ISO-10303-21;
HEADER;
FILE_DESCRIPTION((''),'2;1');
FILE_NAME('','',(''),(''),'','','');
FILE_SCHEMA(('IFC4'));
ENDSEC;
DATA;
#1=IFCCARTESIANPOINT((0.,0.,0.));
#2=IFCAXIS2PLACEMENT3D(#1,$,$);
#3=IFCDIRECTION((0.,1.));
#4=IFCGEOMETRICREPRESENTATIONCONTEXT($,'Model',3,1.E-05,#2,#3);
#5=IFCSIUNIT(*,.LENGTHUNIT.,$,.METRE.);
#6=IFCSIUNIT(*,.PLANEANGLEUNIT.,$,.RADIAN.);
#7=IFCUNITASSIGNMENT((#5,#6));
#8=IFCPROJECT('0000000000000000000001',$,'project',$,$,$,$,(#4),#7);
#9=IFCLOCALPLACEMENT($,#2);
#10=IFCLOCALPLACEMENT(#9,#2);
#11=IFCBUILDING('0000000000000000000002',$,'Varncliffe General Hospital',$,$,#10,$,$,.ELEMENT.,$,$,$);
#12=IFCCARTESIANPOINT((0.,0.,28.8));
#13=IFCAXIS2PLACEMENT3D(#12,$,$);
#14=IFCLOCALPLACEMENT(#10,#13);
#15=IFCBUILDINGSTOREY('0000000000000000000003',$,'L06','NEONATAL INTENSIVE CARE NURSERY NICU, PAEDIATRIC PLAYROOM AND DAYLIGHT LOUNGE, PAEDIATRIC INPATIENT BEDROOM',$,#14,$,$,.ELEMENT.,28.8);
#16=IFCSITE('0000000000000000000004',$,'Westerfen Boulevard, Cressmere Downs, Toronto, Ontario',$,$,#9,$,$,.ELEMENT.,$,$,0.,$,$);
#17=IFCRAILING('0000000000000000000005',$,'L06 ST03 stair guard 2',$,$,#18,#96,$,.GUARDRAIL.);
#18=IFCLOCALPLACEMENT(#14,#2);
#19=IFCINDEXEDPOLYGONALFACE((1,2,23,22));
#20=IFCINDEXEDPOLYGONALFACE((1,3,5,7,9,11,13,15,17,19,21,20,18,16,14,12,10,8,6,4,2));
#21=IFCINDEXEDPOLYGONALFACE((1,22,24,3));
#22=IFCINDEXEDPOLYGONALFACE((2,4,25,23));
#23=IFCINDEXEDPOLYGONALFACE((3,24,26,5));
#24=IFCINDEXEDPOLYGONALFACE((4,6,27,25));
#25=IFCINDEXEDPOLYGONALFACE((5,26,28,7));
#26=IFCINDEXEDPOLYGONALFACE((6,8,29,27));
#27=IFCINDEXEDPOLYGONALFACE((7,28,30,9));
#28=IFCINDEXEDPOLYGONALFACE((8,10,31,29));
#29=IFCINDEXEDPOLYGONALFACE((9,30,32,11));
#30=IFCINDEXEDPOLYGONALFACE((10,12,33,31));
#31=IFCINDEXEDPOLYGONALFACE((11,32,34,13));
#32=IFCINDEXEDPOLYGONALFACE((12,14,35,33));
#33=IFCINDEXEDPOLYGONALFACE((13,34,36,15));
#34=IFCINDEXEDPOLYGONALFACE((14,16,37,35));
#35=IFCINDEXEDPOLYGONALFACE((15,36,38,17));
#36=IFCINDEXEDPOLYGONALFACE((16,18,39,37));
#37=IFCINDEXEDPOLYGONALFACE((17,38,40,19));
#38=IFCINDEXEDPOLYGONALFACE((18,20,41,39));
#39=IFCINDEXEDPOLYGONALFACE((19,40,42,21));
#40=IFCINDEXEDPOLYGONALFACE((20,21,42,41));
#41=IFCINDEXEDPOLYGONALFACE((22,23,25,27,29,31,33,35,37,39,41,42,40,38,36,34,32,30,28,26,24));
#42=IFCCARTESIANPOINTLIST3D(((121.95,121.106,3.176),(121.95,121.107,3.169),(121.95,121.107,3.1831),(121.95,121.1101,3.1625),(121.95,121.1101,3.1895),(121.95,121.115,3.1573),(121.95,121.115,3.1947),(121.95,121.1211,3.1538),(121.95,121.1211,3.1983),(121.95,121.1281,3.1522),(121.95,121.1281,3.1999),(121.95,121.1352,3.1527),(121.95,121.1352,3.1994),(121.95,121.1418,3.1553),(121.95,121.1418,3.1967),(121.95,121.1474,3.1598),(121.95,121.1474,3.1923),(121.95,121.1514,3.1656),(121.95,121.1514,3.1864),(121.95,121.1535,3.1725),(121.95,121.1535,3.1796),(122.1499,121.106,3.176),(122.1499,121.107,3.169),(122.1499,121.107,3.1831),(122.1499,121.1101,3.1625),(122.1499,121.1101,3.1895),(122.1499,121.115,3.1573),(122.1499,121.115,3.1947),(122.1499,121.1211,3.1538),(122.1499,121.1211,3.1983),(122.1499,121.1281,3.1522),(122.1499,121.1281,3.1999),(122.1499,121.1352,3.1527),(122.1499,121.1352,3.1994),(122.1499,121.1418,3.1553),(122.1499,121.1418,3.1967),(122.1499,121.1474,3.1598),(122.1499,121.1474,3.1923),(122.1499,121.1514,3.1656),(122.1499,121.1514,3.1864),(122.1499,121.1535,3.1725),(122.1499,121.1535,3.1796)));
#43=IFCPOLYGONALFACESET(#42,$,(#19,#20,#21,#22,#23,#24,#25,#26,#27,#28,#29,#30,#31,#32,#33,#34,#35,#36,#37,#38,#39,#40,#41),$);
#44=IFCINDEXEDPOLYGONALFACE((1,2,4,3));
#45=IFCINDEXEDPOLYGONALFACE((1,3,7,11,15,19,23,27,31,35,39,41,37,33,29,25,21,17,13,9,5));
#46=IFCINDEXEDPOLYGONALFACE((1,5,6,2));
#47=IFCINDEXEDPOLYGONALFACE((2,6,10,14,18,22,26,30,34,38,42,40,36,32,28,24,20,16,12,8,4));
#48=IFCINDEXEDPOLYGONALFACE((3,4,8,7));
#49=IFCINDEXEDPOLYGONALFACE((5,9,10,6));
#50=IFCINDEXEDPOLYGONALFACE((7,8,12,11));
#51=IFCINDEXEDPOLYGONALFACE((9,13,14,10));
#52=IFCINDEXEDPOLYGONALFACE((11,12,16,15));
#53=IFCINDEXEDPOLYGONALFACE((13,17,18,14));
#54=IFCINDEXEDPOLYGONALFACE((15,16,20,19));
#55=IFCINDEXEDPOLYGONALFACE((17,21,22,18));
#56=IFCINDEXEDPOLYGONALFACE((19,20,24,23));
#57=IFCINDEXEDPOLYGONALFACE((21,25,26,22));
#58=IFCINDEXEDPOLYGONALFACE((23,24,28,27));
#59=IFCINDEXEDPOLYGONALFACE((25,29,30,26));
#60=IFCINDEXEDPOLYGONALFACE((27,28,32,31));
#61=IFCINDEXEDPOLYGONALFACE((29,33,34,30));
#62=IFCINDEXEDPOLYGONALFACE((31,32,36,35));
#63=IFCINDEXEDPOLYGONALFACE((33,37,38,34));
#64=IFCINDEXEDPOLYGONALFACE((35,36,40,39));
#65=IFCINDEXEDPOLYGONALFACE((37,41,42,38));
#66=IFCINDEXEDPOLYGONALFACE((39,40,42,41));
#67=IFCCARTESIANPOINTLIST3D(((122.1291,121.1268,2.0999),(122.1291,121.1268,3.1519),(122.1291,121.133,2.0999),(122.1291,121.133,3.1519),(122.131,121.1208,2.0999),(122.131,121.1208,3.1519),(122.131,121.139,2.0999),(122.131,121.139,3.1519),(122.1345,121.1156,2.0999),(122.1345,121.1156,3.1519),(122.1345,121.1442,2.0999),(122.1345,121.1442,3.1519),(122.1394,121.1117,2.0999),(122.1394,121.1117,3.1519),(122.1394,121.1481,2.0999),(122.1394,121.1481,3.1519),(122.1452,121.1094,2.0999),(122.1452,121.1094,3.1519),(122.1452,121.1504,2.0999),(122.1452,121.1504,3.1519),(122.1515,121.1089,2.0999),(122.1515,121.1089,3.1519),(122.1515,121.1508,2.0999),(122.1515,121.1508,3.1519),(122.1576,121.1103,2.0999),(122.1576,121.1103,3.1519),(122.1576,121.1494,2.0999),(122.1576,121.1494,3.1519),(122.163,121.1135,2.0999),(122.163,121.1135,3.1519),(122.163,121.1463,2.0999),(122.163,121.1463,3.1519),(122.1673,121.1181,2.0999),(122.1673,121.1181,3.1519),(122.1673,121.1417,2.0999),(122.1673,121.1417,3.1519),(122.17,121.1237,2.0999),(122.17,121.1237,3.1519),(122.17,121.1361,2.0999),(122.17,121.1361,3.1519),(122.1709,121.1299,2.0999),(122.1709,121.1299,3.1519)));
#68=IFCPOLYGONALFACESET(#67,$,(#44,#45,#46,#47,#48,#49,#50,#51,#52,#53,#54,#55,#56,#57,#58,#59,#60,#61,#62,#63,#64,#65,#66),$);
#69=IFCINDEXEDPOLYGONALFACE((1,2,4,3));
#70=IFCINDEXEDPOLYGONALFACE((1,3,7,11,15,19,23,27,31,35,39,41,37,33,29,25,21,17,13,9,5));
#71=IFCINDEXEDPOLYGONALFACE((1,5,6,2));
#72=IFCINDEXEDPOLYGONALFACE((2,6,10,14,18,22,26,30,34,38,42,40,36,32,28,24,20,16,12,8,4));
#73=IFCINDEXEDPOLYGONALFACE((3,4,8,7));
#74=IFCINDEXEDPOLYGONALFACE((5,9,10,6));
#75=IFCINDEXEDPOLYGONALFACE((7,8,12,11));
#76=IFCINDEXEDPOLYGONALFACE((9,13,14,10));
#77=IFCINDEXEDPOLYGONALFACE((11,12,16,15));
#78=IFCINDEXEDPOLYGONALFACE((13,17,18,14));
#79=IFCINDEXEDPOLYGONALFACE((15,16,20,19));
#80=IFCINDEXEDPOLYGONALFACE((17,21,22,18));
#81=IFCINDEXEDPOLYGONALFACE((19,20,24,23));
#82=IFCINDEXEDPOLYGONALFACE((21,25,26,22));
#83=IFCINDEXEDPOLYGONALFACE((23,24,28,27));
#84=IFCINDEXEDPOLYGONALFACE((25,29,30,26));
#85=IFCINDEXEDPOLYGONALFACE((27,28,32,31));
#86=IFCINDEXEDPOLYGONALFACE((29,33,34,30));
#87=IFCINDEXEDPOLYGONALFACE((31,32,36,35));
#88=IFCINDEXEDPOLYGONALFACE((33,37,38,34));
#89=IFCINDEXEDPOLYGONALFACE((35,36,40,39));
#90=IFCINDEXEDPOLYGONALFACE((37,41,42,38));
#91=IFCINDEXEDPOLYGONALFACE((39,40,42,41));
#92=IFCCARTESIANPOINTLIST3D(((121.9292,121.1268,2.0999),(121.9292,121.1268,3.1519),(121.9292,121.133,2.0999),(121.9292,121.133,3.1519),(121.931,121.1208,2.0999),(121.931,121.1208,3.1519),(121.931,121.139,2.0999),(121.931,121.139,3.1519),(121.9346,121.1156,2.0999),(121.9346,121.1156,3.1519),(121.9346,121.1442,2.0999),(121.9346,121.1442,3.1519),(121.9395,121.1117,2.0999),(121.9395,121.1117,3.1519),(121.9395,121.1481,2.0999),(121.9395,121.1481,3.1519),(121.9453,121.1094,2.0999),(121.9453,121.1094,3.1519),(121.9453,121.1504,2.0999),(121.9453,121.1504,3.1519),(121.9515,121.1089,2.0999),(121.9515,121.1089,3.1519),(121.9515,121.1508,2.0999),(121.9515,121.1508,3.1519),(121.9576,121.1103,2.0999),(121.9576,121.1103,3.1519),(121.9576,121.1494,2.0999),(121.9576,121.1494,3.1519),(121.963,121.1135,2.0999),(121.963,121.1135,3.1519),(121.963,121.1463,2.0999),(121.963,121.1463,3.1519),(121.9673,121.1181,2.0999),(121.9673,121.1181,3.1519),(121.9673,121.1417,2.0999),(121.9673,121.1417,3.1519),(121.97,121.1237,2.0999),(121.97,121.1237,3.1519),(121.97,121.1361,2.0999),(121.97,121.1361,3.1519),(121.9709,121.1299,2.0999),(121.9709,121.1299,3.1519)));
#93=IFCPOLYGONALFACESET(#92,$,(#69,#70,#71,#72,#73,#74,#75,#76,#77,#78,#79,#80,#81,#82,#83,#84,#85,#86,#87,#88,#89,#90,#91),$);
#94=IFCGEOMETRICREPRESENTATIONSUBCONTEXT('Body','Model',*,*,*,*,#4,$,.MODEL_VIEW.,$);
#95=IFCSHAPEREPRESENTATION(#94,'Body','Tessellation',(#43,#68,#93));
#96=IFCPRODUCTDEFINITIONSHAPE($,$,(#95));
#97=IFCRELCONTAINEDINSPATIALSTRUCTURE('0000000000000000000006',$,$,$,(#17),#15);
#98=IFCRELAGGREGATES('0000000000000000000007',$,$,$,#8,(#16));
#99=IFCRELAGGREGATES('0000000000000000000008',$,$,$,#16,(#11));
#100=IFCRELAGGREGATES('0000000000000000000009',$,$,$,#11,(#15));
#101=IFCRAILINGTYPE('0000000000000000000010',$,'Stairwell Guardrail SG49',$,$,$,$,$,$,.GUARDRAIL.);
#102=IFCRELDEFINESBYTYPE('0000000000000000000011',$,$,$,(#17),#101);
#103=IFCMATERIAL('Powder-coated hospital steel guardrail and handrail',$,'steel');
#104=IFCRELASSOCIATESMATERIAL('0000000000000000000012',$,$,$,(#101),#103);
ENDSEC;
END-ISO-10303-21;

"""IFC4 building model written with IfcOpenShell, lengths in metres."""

from ifc_helpers import new_model, si_unit, direction, frame, origin, origin_2d, place, context, subcontext, project, spatial, circle, extrude, material, type_object, element, save


model = new_model("IFC4")

# Units and contexts
model_context = context("Model", 3, precision=1e-05, world=origin(), true_north=direction((0.0, 1.0)))
body_context = subcontext(model_context, "Body", "Model", "MODEL_VIEW")
ifc_project = project(units=[si_unit("LENGTHUNIT", "METRE"), si_unit("PLANEANGLEUNIT", "RADIAN")], contexts=[model_context])

# Site, building, storey
site_placement = place(None, origin())
site = spatial("IfcSite", under=ifc_project, at=site_placement, Name="Westerfen Boulevard, Cressmere Downs, Toronto, Ontario", CompositionType="ELEMENT", RefElevation=0.0)
building_placement = place(site_placement, origin())
building = spatial("IfcBuilding", under=site, at=building_placement, Name="Varncliffe General Hospital", CompositionType="ELEMENT")
storey_placement = place(building_placement, frame((0.0, 0.0, 28.8)))
storey = spatial("IfcBuildingStorey", under=building, at=storey_placement, Name="L06", Description="NEONATAL INTENSIVE CARE NURSERY NICU, PAEDIATRIC PLAYROOM AND DAYLIGHT LOUNGE, PAEDIATRIC INPATIENT BEDROOM", CompositionType="ELEMENT", Elevation=28.8)

# Railing
ifc_material_1 = material(Name="Powder-coated hospital steel guardrail and handrail", Category="steel")
railing_type_1 = type_object("IfcRailingType", Name="Stairwell Guardrail SG49", PredefinedType="GUARDRAIL", material=ifc_material_1)
railing_1_placement = place(storey_placement, frame((122.1499, 121.1299, 2.0999)))
element("IfcRailing", 1, at=railing_1_placement, inside=storey, type_object=railing_type_1, Name="L06 ST03 stair guard 2", PredefinedType="GUARDRAIL", context=body_context, shape_type="SweptSolid", body=[
    extrude(circle(Radius=0.0239, at=origin_2d()), frame((0.0, 0.0, 1.0762), z_axis=(-1.0, 0.0, 0.0), x_axis=(0.0, -1.0, 0.0)), (0.0, 0.0, 1.0), 0.2),
    extrude(circle(Radius=0.021, at=origin_2d()), origin(), (0.0, 0.0, 1.0), 1.052),
    extrude(circle(Radius=0.021, at=origin_2d()), frame((-0.2, 0.0, 0.0)), (0.0, 0.0, 1.0), 1.052),
])

save(model, "model.ifc")
